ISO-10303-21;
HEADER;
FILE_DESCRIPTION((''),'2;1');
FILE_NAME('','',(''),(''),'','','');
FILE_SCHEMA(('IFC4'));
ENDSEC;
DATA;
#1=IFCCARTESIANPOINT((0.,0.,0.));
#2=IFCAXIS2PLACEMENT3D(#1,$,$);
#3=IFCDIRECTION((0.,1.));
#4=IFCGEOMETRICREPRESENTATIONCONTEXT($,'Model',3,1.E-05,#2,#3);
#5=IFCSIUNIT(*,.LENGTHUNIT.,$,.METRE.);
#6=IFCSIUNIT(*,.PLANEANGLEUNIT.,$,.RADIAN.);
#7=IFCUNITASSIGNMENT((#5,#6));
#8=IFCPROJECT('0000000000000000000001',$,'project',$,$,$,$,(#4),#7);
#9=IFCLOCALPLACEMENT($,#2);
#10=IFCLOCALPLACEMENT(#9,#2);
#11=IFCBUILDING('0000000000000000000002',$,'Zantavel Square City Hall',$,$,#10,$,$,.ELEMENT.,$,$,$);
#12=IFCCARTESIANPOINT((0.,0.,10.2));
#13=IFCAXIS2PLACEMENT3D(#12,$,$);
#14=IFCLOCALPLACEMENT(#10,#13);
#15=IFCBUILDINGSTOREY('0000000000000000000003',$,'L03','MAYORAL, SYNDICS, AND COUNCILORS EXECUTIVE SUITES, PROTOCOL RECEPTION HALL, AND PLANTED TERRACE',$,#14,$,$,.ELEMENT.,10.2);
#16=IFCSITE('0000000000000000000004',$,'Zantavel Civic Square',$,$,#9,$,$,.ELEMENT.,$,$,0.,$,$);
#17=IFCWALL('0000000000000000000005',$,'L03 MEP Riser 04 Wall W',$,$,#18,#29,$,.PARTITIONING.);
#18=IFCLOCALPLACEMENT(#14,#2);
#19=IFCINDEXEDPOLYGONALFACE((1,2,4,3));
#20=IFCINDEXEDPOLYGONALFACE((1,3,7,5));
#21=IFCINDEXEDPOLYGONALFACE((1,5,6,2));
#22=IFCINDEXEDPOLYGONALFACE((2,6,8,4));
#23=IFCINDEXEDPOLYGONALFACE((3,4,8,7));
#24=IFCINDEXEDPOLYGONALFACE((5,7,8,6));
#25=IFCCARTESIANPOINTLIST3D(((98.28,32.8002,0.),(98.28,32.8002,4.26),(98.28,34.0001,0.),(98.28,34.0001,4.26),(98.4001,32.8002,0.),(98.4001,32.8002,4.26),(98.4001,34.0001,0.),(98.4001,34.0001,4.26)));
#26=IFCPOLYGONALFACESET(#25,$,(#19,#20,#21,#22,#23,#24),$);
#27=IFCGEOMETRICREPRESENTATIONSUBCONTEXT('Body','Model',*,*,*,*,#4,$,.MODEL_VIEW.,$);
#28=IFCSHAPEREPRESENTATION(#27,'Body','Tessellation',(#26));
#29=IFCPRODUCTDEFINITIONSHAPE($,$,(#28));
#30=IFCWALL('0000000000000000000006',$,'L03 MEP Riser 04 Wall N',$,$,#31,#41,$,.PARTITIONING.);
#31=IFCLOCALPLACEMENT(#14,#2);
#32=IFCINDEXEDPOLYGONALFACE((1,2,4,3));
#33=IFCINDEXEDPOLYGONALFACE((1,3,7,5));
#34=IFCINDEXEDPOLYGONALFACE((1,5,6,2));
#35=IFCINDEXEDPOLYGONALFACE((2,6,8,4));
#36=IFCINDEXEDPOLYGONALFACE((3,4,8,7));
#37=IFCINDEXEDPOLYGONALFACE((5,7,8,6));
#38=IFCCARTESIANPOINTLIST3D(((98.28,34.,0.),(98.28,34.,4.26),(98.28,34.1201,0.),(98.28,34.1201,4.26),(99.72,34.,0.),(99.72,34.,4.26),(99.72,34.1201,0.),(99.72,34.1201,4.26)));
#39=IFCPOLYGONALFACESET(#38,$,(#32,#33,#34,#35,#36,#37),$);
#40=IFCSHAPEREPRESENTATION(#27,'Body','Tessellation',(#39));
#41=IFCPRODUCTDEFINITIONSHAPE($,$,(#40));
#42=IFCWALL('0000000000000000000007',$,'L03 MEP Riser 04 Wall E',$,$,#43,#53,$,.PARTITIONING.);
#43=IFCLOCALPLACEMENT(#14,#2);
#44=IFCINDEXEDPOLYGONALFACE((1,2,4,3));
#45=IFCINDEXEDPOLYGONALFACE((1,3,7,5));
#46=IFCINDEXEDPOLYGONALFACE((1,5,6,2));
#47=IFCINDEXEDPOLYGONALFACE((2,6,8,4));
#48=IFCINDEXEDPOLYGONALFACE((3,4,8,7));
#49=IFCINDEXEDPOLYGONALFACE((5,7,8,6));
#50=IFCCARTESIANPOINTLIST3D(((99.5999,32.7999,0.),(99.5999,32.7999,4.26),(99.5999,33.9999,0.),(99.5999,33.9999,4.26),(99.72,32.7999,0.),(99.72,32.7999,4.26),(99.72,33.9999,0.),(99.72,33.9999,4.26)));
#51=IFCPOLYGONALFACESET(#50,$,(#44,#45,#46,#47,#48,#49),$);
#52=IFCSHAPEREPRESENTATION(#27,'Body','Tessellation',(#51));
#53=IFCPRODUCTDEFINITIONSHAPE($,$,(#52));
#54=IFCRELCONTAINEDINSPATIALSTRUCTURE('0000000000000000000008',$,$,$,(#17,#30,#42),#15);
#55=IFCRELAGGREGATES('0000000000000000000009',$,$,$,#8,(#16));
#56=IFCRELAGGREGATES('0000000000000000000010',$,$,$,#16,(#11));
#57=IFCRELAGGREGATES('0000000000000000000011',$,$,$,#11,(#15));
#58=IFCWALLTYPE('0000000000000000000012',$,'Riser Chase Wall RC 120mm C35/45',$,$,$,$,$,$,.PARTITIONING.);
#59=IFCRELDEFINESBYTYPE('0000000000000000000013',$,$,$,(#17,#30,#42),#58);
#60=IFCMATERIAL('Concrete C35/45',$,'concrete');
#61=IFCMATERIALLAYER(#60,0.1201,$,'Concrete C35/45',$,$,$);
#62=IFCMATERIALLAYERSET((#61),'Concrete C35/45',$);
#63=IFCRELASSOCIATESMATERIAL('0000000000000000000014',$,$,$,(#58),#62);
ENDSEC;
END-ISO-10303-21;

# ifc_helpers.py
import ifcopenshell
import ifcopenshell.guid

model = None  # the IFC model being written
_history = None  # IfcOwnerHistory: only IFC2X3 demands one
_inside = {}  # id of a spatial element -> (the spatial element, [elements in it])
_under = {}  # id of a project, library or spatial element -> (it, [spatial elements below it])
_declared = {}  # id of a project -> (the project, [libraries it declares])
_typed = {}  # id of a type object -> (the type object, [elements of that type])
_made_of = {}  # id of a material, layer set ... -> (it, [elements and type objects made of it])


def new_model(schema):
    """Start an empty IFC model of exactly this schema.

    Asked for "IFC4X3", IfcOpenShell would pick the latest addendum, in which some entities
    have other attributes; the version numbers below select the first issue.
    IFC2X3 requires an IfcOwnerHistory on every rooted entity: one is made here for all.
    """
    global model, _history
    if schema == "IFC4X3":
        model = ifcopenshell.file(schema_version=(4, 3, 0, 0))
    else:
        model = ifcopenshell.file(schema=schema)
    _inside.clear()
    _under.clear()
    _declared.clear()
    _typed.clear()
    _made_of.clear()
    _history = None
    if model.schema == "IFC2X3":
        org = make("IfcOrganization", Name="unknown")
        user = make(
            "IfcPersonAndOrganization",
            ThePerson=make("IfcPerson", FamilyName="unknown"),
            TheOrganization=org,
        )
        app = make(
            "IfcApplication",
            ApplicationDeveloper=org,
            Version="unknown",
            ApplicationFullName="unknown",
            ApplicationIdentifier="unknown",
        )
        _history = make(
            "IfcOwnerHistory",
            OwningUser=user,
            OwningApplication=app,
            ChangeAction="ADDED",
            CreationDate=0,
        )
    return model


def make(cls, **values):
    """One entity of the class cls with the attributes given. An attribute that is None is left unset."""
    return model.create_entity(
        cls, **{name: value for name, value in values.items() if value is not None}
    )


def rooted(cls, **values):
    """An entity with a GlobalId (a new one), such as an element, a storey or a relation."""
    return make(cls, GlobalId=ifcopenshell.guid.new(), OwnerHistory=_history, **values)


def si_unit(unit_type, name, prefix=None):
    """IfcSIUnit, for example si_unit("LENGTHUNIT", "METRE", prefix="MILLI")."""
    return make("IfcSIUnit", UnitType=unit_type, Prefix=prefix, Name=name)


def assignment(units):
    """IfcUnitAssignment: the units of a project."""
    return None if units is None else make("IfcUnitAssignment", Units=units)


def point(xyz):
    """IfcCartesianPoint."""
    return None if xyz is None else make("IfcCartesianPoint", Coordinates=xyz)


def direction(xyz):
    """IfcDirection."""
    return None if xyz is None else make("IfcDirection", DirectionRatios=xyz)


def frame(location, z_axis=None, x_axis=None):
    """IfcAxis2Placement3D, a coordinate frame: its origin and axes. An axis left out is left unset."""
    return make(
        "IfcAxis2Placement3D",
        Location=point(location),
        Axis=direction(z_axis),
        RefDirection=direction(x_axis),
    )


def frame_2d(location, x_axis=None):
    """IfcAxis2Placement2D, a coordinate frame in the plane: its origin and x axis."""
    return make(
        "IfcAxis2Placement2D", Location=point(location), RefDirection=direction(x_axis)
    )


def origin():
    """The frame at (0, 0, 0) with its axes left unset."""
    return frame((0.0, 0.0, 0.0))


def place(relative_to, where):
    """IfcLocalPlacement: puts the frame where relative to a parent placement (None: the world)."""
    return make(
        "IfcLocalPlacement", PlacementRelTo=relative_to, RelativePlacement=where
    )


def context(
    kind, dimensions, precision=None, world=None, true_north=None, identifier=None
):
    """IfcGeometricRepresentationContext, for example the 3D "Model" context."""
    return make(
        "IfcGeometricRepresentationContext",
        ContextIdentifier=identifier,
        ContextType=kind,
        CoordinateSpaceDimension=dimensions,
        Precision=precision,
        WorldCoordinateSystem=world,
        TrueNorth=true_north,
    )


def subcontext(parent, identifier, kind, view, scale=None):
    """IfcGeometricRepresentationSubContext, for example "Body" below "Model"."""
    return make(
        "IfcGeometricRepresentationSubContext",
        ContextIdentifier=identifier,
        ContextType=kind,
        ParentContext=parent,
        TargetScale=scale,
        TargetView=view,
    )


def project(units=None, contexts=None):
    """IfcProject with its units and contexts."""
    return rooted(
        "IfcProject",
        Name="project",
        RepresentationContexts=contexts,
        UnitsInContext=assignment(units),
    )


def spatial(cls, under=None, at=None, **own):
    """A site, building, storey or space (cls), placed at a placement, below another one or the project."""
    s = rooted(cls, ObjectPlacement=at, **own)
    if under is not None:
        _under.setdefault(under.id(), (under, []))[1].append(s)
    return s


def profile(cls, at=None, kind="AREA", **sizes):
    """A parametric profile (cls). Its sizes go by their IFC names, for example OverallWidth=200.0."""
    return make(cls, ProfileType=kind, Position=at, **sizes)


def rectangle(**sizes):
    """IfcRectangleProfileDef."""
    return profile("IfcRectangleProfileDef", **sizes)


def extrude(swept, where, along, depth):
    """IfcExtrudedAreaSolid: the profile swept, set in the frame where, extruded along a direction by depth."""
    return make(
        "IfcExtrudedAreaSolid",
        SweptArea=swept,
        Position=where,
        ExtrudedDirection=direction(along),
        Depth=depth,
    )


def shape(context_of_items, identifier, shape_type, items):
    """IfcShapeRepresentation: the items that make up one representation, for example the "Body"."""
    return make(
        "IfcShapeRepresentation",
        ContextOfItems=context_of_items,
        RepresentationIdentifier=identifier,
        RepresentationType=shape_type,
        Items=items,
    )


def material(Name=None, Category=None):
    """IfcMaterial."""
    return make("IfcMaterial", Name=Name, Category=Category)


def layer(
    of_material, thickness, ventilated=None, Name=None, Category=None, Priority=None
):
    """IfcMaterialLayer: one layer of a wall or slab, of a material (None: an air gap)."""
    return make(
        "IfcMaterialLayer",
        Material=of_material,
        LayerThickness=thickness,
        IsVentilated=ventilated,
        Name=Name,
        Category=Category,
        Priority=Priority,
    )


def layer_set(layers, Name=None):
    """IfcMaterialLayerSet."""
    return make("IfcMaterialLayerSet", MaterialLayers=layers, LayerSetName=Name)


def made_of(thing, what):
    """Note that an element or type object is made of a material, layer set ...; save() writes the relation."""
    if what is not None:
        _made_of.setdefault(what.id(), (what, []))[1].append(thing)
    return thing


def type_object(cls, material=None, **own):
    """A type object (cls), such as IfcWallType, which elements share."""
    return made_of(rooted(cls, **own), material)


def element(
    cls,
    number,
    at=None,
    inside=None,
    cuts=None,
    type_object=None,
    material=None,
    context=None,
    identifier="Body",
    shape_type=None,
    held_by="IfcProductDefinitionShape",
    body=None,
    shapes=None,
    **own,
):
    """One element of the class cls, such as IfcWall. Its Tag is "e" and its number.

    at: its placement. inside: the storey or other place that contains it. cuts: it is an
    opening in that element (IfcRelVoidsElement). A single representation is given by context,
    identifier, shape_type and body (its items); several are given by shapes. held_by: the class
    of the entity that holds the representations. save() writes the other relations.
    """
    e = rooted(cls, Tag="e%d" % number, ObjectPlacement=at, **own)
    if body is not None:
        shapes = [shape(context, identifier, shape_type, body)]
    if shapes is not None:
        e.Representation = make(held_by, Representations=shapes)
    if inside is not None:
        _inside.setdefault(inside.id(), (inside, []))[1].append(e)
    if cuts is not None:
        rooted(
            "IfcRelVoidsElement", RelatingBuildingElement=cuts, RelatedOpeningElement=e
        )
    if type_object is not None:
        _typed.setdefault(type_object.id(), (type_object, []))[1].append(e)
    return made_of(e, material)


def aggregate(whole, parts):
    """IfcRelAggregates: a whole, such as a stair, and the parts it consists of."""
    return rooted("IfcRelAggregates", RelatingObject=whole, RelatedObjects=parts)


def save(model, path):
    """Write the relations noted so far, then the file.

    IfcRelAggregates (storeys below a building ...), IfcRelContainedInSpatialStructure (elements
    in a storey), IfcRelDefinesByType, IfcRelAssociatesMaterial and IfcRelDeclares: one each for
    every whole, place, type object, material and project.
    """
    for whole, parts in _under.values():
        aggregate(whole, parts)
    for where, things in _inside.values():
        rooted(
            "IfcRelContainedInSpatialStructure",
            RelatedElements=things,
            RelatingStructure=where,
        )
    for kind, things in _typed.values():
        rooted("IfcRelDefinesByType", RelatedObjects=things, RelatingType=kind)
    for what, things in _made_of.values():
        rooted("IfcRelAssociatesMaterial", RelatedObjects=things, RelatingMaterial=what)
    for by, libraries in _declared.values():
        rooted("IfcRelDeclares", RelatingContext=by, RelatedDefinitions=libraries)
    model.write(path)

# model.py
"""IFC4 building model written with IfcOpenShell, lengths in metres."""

from ifc_helpers import new_model, si_unit, direction, frame, frame_2d, origin, place, context, subcontext, project, spatial, rectangle, extrude, material, layer, layer_set, type_object, element, save


model = new_model("IFC4")

# Units and contexts
model_context = context("Model", 3, precision=1e-05, world=origin(), true_north=direction((0.0, 1.0)))
body_context = subcontext(model_context, "Body", "Model", "MODEL_VIEW")
ifc_project = project(units=[si_unit("LENGTHUNIT", "METRE"), si_unit("PLANEANGLEUNIT", "RADIAN")], contexts=[model_context])

# Site, building, storey
site_placement = place(None, origin())
site = spatial("IfcSite", under=ifc_project, at=site_placement, Name="Zantavel Civic Square", CompositionType="ELEMENT", RefElevation=0.0)
building_placement = place(site_placement, origin())
building = spatial("IfcBuilding", under=site, at=building_placement, Name="Zantavel Square City Hall", CompositionType="ELEMENT")
storey_placement = place(building_placement, frame((0.0, 0.0, 10.2)))
storey = spatial("IfcBuildingStorey", under=building, at=storey_placement, Name="L03", Description="MAYORAL, SYNDICS, AND COUNCILORS EXECUTIVE SUITES, PROTOCOL RECEPTION HALL, AND PLANTED TERRACE", CompositionType="ELEMENT", Elevation=10.2)

# Shared definitions
ifc_material_1 = material(Name="Concrete C35/45", Category="concrete")

# Walls
ifc_layer_1 = layer(ifc_material_1, 0.1201, Name="Concrete C35/45")
ifc_layer_set_1 = layer_set([ifc_layer_1], Name="Concrete C35/45")
wall_type_1 = type_object("IfcWallType", Name="Riser Chase Wall RC 120mm C35/45", PredefinedType="PARTITIONING", material=ifc_layer_set_1)
wall_1_placement = place(storey_placement, frame((98.3401, 32.8, 0.0), z_axis=(0.0, 0.0, 1.0), x_axis=(0.0, 1.0, 0.0)))
element("IfcWall", 1, at=wall_1_placement, inside=storey, type_object=wall_type_1, Name="L03 MEP Riser 04 Wall W", PredefinedType="PARTITIONING", context=body_context, shape_type="SweptSolid", body=[
    extrude(rectangle(XDim=1.2, YDim=0.1201, at=frame_2d((0.6001, 0.0))), origin(), (0.0, 0.0, 1.0), 4.26),
])
wall_2_placement = place(storey_placement, frame((98.28, 34.0601, 0.0), z_axis=(0.0, 0.0, 1.0), x_axis=(1.0, 0.0, 0.0)))
element("IfcWall", 2, at=wall_2_placement, inside=storey, type_object=wall_type_1, Name="L03 MEP Riser 04 Wall N", PredefinedType="PARTITIONING", context=body_context, shape_type="SweptSolid", body=[
    extrude(rectangle(XDim=1.4399, YDim=0.1201, at=frame_2d((0.72, 0.0))), origin(), (0.0, 0.0, 1.0), 4.26),
])
wall_3_placement = place(storey_placement, frame((99.6599, 34.0, 0.0), z_axis=(0.0, 0.0, 1.0), x_axis=(0.0, -1.0, 0.0)))
element("IfcWall", 3, at=wall_3_placement, inside=storey, type_object=wall_type_1, Name="L03 MEP Riser 04 Wall E", PredefinedType="PARTITIONING", context=body_context, shape_type="SweptSolid", body=[
    extrude(rectangle(XDim=1.2, YDim=0.1201, at=frame_2d((0.6001, 0.0))), origin(), (0.0, 0.0, 1.0), 4.26),
])

save(model, "model.ifc")
